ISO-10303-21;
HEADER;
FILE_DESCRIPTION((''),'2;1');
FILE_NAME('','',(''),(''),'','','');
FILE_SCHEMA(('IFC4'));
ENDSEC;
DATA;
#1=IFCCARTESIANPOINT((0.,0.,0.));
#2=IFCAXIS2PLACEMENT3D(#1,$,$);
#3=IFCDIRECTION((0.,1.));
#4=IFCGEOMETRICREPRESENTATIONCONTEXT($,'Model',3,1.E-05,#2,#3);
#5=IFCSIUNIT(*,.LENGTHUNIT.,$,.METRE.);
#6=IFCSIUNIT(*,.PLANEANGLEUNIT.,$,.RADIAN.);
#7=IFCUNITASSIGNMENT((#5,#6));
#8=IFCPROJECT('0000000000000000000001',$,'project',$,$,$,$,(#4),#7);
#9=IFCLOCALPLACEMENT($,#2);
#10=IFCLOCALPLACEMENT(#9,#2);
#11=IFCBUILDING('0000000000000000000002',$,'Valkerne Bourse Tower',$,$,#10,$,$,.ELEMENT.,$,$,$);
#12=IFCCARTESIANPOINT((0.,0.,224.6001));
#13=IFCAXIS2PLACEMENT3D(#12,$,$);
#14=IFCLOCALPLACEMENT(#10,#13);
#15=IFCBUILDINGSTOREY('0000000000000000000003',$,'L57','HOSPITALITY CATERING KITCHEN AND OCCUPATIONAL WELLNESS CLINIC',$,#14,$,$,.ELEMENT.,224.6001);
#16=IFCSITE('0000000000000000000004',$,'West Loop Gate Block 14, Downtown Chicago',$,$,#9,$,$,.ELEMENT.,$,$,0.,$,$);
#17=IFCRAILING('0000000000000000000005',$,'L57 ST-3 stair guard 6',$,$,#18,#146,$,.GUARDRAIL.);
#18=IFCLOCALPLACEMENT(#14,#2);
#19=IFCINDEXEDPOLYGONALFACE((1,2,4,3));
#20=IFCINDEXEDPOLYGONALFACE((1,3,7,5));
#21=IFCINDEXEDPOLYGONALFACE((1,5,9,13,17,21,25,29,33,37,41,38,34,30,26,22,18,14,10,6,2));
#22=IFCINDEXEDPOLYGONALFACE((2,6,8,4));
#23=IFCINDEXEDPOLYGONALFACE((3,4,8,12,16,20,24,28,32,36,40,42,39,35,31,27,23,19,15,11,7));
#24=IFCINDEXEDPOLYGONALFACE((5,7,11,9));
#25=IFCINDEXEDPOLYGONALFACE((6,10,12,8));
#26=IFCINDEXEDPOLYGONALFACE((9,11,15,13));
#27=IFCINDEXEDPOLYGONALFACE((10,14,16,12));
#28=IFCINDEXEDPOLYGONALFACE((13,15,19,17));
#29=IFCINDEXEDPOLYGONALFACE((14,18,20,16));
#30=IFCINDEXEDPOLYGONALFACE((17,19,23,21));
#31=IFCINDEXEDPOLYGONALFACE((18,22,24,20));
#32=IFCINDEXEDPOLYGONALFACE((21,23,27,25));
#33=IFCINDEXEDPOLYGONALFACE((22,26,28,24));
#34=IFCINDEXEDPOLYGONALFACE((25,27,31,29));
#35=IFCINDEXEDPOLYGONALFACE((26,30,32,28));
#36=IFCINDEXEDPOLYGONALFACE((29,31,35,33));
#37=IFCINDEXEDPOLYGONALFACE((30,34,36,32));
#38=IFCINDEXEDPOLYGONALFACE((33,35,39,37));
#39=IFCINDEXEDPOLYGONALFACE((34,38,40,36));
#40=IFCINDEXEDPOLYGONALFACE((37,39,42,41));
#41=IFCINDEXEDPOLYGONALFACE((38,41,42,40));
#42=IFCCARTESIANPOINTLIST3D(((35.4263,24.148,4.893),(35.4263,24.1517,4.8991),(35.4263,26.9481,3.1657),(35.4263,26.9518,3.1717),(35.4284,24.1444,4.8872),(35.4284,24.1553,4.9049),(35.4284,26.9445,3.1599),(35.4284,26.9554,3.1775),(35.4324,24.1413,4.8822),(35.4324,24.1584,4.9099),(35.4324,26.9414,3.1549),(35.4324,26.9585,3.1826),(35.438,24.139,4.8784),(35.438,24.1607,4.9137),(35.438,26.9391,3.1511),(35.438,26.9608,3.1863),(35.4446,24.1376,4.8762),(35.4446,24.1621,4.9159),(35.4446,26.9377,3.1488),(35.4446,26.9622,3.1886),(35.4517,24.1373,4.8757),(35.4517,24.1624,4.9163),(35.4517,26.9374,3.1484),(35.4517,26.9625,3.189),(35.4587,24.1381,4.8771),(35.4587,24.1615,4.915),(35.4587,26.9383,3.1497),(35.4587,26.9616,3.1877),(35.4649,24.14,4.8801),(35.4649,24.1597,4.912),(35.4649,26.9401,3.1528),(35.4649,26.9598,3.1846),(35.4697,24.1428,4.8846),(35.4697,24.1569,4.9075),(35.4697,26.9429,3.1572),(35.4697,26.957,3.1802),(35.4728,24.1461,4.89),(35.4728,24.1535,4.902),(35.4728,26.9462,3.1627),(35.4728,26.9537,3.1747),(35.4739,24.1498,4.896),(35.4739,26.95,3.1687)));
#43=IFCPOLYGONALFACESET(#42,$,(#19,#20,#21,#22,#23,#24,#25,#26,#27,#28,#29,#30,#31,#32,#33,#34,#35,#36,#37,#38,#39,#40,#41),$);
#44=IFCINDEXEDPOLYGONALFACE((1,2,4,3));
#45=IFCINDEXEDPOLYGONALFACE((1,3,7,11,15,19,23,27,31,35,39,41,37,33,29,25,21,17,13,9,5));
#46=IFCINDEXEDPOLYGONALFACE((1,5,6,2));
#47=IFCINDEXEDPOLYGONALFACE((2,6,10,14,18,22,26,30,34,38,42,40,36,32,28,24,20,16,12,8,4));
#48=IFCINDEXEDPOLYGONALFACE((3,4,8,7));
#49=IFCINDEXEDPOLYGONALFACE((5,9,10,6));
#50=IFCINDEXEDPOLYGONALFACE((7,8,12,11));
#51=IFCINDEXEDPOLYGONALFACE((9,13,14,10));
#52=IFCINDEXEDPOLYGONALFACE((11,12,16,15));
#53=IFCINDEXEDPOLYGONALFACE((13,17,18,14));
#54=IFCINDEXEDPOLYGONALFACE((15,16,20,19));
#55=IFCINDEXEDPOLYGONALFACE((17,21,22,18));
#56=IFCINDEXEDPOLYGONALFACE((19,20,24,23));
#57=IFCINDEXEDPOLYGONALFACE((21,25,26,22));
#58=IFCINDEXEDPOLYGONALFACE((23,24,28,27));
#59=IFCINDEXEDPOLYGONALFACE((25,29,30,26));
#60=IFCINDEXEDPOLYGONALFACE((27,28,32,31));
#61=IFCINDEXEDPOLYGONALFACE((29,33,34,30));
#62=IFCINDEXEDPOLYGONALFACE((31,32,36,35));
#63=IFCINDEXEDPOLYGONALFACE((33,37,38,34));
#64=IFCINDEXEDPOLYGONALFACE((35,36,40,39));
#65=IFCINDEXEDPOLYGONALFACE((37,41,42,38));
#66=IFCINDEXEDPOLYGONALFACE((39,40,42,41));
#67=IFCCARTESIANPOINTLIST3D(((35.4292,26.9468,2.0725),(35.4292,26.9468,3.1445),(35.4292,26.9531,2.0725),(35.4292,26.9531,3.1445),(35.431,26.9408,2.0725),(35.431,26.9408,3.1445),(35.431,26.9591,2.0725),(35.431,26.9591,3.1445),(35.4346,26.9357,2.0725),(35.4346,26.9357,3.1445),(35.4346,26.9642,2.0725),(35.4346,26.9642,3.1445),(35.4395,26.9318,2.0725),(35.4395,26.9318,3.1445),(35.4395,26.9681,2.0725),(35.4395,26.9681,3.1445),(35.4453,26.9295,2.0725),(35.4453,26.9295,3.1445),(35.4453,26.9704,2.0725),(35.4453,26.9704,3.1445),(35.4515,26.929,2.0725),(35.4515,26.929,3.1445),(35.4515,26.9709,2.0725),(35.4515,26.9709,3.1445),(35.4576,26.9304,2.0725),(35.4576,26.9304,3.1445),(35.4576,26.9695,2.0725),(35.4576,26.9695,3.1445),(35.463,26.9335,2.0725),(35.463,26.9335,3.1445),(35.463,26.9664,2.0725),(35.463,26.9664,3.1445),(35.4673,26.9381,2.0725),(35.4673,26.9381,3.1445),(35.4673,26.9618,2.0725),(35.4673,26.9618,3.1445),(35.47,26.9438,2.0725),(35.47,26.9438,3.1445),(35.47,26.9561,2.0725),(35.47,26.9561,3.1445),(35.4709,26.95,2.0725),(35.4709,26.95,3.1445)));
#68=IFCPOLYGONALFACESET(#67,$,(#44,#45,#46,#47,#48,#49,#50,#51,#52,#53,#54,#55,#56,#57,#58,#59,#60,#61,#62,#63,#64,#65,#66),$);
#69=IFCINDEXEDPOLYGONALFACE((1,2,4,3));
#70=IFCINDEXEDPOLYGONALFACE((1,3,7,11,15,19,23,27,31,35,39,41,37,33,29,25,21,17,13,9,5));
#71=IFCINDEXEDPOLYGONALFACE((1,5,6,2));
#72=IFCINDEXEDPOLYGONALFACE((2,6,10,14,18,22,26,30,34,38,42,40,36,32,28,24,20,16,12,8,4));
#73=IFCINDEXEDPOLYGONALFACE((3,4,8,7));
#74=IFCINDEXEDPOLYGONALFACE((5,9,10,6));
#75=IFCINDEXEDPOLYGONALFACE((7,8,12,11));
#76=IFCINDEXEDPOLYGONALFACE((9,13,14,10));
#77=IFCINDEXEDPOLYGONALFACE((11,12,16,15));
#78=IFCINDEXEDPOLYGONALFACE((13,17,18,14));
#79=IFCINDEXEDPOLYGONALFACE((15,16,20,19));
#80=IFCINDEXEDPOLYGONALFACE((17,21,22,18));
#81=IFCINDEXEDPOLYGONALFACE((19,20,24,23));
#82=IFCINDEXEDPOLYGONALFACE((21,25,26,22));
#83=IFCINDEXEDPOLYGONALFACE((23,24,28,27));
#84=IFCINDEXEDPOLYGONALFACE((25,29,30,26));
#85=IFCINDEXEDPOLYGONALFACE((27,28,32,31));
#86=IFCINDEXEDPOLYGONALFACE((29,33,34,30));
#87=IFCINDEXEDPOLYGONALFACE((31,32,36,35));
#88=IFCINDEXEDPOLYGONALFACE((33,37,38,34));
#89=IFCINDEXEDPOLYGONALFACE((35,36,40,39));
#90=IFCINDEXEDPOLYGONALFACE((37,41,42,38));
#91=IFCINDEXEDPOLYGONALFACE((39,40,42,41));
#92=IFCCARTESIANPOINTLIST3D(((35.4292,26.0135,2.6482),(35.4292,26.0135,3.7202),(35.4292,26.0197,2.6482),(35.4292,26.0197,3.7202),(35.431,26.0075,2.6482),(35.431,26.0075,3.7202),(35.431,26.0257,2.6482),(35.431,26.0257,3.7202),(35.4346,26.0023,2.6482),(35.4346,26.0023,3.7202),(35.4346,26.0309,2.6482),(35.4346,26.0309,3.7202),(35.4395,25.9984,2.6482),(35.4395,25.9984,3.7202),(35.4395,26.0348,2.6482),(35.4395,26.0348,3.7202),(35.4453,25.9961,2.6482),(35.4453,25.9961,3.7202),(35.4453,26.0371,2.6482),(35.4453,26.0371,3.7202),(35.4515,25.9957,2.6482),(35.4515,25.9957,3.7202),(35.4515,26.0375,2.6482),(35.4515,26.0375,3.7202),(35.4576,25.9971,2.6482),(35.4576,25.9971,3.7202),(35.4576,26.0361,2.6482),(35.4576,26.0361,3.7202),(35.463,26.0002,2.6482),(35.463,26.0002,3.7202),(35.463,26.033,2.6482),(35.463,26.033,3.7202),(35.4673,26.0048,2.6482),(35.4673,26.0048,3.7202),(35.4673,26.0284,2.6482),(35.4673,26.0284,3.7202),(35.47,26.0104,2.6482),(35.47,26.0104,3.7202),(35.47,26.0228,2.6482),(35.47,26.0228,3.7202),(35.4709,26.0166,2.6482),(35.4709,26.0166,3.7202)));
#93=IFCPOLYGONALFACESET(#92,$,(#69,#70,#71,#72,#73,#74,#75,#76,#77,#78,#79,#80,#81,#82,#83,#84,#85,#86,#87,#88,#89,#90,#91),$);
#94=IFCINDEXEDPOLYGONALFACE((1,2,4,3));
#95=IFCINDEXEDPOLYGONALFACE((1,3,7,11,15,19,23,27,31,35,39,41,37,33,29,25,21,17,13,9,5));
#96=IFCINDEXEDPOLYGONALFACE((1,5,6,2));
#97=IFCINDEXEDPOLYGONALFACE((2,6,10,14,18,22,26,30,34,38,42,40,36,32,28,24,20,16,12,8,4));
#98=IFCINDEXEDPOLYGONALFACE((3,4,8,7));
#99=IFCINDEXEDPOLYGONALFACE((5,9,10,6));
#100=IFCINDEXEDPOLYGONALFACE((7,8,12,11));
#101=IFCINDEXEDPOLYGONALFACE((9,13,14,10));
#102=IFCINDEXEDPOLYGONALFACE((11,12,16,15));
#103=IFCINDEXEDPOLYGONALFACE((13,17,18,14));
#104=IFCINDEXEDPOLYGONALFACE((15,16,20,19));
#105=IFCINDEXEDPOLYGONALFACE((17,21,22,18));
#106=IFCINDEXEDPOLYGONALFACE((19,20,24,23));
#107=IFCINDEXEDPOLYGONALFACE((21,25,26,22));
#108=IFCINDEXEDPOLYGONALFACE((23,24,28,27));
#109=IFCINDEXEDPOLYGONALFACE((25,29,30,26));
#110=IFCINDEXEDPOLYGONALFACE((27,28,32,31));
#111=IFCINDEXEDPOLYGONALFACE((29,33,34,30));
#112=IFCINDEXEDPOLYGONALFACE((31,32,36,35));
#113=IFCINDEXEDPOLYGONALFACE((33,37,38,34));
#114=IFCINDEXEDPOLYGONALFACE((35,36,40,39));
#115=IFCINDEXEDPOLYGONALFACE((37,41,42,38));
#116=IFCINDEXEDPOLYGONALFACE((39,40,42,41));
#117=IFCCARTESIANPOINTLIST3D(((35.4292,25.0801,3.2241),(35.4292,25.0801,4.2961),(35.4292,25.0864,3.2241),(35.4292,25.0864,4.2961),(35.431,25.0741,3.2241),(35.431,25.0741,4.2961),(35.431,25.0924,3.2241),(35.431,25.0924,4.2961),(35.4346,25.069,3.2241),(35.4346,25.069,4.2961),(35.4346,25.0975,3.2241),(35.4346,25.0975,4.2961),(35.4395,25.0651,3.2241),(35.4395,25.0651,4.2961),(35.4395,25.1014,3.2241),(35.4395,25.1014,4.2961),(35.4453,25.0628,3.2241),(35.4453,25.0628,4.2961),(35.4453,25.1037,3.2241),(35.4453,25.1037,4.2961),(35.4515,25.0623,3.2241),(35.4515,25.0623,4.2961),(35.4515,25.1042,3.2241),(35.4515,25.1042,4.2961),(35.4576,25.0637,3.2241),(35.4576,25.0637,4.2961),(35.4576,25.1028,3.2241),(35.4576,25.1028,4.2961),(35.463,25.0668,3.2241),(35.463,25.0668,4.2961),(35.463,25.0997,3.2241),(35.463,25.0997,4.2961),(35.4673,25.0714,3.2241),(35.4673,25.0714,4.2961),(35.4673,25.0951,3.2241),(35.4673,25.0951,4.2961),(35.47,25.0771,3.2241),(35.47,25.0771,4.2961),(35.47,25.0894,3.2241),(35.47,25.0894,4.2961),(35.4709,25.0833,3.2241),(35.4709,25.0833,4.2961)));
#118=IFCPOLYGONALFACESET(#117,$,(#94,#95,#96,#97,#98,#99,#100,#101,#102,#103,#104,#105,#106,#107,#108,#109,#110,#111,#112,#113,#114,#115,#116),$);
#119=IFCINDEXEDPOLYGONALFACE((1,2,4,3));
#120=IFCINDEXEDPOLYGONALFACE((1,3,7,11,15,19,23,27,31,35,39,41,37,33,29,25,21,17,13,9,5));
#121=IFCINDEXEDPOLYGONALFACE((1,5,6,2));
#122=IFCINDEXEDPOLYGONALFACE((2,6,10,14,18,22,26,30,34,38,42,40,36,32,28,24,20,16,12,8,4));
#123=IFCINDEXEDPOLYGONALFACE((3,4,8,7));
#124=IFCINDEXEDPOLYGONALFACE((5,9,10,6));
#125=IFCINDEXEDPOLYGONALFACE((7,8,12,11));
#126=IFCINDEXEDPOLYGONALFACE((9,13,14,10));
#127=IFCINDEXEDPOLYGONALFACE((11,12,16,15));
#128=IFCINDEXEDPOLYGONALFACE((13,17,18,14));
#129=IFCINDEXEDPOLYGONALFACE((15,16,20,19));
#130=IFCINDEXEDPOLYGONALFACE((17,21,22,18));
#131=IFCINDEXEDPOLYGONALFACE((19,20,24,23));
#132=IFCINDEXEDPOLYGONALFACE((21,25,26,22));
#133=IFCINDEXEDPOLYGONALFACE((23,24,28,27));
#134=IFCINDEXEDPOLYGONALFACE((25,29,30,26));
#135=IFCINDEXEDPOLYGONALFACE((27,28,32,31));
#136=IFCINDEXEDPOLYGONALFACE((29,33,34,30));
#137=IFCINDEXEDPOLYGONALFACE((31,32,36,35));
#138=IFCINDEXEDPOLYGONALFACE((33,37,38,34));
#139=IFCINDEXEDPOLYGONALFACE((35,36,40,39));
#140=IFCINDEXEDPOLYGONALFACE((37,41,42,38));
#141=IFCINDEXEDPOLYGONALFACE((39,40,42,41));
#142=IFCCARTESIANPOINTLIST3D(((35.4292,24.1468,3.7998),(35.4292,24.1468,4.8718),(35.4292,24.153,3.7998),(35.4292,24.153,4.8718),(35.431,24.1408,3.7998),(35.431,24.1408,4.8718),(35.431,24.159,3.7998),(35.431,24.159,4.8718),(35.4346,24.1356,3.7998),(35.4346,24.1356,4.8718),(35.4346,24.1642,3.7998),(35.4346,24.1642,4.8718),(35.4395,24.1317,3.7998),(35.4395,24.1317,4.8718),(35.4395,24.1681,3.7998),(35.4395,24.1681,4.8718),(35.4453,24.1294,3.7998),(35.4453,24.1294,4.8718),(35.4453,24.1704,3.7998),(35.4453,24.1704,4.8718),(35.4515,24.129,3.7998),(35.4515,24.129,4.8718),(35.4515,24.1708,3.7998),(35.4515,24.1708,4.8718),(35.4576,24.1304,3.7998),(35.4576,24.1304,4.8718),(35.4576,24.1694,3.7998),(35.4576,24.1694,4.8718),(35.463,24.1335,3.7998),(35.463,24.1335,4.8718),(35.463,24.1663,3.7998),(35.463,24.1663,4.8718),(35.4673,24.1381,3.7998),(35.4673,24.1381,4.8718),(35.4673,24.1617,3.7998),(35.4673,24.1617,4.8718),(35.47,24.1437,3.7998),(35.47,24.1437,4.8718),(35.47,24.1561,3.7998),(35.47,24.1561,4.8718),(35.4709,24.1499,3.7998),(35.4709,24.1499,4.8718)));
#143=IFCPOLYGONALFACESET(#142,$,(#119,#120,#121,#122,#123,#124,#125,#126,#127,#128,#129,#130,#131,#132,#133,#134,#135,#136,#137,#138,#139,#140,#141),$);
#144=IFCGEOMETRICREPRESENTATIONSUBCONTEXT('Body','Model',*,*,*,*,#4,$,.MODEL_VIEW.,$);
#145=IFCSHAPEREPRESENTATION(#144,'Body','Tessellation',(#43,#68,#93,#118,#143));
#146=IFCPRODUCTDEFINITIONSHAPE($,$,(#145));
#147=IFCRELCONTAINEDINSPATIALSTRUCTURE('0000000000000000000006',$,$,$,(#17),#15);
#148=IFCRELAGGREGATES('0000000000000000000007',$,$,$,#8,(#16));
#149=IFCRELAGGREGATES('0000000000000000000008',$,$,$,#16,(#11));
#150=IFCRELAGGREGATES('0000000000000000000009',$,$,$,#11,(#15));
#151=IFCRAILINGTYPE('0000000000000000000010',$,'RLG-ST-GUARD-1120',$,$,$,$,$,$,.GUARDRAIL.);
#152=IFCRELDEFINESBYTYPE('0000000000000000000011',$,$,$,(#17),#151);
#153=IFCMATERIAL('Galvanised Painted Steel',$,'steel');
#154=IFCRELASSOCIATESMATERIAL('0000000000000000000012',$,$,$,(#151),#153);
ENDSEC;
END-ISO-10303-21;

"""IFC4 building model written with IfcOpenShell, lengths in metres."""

from ifc_helpers import new_model, si_unit, direction, frame, origin, origin_2d, place, context, subcontext, project, spatial, circle, extrude, material, type_object, element, save


model = new_model("IFC4")

# Units and contexts
model_context = context("Model", 3, precision=1e-05, world=origin(), true_north=direction((0.0, 1.0)))
body_context = subcontext(model_context, "Body", "Model", "MODEL_VIEW")
ifc_project = project(units=[si_unit("LENGTHUNIT", "METRE"), si_unit("PLANEANGLEUNIT", "RADIAN")], contexts=[model_context])

# Site, building, storey
site_placement = place(None, origin())
site = spatial("IfcSite", under=ifc_project, at=site_placement, Name="West Loop Gate Block 14, Downtown Chicago", CompositionType="ELEMENT", RefElevation=0.0)
building_placement = place(site_placement, origin())
building = spatial("IfcBuilding", under=site, at=building_placement, Name="Valkerne Bourse Tower", CompositionType="ELEMENT")
storey_placement = place(building_placement, frame((0.0, 0.0, 224.6001)))
storey = spatial("IfcBuildingStorey", under=building, at=storey_placement, Name="L57", Description="HOSPITALITY CATERING KITCHEN AND OCCUPATIONAL WELLNESS CLINIC", CompositionType="ELEMENT", Elevation=224.6001)

# Railing
ifc_material_1 = material(Name="Galvanised Painted Steel", Category="steel")
railing_type_1 = type_object("IfcRailingType", Name="RLG-ST-GUARD-1120", PredefinedType="GUARDRAIL", material=ifc_material_1)
railing_1_placement = place(storey_placement, frame((35.45, 26.95, 2.0725)))
element("IfcRailing", 1, at=railing_1_placement, inside=storey, type_object=railing_type_1, Name="L57 ST-3 stair guard 6", PredefinedType="GUARDRAIL", context=body_context, shape_type="SweptSolid", body=[
    extrude(circle(Radius=0.0239, at=origin_2d()), frame((0.0, 0.0, 1.0962), z_axis=(0.0, -0.85109, 0.52502), x_axis=(1.0, 0.0, 0.0)), (0.0, 0.0, 1.0), 3.29),
    extrude(circle(Radius=0.021, at=origin_2d()), origin(), (0.0, 0.0, 1.0), 1.072),
    extrude(circle(Radius=0.021, at=origin_2d()), frame((0.0, -0.9333, 0.5757)), (0.0, 0.0, 1.0), 1.072),
    extrude(circle(Radius=0.021, at=origin_2d()), frame((0.0, -1.8667, 1.1516)), (0.0, 0.0, 1.0), 1.072),
    extrude(circle(Radius=0.021, at=origin_2d()), frame((0.0, -2.8, 1.7273)), (0.0, 0.0, 1.0), 1.072),
])

save(model, "model.ifc")
